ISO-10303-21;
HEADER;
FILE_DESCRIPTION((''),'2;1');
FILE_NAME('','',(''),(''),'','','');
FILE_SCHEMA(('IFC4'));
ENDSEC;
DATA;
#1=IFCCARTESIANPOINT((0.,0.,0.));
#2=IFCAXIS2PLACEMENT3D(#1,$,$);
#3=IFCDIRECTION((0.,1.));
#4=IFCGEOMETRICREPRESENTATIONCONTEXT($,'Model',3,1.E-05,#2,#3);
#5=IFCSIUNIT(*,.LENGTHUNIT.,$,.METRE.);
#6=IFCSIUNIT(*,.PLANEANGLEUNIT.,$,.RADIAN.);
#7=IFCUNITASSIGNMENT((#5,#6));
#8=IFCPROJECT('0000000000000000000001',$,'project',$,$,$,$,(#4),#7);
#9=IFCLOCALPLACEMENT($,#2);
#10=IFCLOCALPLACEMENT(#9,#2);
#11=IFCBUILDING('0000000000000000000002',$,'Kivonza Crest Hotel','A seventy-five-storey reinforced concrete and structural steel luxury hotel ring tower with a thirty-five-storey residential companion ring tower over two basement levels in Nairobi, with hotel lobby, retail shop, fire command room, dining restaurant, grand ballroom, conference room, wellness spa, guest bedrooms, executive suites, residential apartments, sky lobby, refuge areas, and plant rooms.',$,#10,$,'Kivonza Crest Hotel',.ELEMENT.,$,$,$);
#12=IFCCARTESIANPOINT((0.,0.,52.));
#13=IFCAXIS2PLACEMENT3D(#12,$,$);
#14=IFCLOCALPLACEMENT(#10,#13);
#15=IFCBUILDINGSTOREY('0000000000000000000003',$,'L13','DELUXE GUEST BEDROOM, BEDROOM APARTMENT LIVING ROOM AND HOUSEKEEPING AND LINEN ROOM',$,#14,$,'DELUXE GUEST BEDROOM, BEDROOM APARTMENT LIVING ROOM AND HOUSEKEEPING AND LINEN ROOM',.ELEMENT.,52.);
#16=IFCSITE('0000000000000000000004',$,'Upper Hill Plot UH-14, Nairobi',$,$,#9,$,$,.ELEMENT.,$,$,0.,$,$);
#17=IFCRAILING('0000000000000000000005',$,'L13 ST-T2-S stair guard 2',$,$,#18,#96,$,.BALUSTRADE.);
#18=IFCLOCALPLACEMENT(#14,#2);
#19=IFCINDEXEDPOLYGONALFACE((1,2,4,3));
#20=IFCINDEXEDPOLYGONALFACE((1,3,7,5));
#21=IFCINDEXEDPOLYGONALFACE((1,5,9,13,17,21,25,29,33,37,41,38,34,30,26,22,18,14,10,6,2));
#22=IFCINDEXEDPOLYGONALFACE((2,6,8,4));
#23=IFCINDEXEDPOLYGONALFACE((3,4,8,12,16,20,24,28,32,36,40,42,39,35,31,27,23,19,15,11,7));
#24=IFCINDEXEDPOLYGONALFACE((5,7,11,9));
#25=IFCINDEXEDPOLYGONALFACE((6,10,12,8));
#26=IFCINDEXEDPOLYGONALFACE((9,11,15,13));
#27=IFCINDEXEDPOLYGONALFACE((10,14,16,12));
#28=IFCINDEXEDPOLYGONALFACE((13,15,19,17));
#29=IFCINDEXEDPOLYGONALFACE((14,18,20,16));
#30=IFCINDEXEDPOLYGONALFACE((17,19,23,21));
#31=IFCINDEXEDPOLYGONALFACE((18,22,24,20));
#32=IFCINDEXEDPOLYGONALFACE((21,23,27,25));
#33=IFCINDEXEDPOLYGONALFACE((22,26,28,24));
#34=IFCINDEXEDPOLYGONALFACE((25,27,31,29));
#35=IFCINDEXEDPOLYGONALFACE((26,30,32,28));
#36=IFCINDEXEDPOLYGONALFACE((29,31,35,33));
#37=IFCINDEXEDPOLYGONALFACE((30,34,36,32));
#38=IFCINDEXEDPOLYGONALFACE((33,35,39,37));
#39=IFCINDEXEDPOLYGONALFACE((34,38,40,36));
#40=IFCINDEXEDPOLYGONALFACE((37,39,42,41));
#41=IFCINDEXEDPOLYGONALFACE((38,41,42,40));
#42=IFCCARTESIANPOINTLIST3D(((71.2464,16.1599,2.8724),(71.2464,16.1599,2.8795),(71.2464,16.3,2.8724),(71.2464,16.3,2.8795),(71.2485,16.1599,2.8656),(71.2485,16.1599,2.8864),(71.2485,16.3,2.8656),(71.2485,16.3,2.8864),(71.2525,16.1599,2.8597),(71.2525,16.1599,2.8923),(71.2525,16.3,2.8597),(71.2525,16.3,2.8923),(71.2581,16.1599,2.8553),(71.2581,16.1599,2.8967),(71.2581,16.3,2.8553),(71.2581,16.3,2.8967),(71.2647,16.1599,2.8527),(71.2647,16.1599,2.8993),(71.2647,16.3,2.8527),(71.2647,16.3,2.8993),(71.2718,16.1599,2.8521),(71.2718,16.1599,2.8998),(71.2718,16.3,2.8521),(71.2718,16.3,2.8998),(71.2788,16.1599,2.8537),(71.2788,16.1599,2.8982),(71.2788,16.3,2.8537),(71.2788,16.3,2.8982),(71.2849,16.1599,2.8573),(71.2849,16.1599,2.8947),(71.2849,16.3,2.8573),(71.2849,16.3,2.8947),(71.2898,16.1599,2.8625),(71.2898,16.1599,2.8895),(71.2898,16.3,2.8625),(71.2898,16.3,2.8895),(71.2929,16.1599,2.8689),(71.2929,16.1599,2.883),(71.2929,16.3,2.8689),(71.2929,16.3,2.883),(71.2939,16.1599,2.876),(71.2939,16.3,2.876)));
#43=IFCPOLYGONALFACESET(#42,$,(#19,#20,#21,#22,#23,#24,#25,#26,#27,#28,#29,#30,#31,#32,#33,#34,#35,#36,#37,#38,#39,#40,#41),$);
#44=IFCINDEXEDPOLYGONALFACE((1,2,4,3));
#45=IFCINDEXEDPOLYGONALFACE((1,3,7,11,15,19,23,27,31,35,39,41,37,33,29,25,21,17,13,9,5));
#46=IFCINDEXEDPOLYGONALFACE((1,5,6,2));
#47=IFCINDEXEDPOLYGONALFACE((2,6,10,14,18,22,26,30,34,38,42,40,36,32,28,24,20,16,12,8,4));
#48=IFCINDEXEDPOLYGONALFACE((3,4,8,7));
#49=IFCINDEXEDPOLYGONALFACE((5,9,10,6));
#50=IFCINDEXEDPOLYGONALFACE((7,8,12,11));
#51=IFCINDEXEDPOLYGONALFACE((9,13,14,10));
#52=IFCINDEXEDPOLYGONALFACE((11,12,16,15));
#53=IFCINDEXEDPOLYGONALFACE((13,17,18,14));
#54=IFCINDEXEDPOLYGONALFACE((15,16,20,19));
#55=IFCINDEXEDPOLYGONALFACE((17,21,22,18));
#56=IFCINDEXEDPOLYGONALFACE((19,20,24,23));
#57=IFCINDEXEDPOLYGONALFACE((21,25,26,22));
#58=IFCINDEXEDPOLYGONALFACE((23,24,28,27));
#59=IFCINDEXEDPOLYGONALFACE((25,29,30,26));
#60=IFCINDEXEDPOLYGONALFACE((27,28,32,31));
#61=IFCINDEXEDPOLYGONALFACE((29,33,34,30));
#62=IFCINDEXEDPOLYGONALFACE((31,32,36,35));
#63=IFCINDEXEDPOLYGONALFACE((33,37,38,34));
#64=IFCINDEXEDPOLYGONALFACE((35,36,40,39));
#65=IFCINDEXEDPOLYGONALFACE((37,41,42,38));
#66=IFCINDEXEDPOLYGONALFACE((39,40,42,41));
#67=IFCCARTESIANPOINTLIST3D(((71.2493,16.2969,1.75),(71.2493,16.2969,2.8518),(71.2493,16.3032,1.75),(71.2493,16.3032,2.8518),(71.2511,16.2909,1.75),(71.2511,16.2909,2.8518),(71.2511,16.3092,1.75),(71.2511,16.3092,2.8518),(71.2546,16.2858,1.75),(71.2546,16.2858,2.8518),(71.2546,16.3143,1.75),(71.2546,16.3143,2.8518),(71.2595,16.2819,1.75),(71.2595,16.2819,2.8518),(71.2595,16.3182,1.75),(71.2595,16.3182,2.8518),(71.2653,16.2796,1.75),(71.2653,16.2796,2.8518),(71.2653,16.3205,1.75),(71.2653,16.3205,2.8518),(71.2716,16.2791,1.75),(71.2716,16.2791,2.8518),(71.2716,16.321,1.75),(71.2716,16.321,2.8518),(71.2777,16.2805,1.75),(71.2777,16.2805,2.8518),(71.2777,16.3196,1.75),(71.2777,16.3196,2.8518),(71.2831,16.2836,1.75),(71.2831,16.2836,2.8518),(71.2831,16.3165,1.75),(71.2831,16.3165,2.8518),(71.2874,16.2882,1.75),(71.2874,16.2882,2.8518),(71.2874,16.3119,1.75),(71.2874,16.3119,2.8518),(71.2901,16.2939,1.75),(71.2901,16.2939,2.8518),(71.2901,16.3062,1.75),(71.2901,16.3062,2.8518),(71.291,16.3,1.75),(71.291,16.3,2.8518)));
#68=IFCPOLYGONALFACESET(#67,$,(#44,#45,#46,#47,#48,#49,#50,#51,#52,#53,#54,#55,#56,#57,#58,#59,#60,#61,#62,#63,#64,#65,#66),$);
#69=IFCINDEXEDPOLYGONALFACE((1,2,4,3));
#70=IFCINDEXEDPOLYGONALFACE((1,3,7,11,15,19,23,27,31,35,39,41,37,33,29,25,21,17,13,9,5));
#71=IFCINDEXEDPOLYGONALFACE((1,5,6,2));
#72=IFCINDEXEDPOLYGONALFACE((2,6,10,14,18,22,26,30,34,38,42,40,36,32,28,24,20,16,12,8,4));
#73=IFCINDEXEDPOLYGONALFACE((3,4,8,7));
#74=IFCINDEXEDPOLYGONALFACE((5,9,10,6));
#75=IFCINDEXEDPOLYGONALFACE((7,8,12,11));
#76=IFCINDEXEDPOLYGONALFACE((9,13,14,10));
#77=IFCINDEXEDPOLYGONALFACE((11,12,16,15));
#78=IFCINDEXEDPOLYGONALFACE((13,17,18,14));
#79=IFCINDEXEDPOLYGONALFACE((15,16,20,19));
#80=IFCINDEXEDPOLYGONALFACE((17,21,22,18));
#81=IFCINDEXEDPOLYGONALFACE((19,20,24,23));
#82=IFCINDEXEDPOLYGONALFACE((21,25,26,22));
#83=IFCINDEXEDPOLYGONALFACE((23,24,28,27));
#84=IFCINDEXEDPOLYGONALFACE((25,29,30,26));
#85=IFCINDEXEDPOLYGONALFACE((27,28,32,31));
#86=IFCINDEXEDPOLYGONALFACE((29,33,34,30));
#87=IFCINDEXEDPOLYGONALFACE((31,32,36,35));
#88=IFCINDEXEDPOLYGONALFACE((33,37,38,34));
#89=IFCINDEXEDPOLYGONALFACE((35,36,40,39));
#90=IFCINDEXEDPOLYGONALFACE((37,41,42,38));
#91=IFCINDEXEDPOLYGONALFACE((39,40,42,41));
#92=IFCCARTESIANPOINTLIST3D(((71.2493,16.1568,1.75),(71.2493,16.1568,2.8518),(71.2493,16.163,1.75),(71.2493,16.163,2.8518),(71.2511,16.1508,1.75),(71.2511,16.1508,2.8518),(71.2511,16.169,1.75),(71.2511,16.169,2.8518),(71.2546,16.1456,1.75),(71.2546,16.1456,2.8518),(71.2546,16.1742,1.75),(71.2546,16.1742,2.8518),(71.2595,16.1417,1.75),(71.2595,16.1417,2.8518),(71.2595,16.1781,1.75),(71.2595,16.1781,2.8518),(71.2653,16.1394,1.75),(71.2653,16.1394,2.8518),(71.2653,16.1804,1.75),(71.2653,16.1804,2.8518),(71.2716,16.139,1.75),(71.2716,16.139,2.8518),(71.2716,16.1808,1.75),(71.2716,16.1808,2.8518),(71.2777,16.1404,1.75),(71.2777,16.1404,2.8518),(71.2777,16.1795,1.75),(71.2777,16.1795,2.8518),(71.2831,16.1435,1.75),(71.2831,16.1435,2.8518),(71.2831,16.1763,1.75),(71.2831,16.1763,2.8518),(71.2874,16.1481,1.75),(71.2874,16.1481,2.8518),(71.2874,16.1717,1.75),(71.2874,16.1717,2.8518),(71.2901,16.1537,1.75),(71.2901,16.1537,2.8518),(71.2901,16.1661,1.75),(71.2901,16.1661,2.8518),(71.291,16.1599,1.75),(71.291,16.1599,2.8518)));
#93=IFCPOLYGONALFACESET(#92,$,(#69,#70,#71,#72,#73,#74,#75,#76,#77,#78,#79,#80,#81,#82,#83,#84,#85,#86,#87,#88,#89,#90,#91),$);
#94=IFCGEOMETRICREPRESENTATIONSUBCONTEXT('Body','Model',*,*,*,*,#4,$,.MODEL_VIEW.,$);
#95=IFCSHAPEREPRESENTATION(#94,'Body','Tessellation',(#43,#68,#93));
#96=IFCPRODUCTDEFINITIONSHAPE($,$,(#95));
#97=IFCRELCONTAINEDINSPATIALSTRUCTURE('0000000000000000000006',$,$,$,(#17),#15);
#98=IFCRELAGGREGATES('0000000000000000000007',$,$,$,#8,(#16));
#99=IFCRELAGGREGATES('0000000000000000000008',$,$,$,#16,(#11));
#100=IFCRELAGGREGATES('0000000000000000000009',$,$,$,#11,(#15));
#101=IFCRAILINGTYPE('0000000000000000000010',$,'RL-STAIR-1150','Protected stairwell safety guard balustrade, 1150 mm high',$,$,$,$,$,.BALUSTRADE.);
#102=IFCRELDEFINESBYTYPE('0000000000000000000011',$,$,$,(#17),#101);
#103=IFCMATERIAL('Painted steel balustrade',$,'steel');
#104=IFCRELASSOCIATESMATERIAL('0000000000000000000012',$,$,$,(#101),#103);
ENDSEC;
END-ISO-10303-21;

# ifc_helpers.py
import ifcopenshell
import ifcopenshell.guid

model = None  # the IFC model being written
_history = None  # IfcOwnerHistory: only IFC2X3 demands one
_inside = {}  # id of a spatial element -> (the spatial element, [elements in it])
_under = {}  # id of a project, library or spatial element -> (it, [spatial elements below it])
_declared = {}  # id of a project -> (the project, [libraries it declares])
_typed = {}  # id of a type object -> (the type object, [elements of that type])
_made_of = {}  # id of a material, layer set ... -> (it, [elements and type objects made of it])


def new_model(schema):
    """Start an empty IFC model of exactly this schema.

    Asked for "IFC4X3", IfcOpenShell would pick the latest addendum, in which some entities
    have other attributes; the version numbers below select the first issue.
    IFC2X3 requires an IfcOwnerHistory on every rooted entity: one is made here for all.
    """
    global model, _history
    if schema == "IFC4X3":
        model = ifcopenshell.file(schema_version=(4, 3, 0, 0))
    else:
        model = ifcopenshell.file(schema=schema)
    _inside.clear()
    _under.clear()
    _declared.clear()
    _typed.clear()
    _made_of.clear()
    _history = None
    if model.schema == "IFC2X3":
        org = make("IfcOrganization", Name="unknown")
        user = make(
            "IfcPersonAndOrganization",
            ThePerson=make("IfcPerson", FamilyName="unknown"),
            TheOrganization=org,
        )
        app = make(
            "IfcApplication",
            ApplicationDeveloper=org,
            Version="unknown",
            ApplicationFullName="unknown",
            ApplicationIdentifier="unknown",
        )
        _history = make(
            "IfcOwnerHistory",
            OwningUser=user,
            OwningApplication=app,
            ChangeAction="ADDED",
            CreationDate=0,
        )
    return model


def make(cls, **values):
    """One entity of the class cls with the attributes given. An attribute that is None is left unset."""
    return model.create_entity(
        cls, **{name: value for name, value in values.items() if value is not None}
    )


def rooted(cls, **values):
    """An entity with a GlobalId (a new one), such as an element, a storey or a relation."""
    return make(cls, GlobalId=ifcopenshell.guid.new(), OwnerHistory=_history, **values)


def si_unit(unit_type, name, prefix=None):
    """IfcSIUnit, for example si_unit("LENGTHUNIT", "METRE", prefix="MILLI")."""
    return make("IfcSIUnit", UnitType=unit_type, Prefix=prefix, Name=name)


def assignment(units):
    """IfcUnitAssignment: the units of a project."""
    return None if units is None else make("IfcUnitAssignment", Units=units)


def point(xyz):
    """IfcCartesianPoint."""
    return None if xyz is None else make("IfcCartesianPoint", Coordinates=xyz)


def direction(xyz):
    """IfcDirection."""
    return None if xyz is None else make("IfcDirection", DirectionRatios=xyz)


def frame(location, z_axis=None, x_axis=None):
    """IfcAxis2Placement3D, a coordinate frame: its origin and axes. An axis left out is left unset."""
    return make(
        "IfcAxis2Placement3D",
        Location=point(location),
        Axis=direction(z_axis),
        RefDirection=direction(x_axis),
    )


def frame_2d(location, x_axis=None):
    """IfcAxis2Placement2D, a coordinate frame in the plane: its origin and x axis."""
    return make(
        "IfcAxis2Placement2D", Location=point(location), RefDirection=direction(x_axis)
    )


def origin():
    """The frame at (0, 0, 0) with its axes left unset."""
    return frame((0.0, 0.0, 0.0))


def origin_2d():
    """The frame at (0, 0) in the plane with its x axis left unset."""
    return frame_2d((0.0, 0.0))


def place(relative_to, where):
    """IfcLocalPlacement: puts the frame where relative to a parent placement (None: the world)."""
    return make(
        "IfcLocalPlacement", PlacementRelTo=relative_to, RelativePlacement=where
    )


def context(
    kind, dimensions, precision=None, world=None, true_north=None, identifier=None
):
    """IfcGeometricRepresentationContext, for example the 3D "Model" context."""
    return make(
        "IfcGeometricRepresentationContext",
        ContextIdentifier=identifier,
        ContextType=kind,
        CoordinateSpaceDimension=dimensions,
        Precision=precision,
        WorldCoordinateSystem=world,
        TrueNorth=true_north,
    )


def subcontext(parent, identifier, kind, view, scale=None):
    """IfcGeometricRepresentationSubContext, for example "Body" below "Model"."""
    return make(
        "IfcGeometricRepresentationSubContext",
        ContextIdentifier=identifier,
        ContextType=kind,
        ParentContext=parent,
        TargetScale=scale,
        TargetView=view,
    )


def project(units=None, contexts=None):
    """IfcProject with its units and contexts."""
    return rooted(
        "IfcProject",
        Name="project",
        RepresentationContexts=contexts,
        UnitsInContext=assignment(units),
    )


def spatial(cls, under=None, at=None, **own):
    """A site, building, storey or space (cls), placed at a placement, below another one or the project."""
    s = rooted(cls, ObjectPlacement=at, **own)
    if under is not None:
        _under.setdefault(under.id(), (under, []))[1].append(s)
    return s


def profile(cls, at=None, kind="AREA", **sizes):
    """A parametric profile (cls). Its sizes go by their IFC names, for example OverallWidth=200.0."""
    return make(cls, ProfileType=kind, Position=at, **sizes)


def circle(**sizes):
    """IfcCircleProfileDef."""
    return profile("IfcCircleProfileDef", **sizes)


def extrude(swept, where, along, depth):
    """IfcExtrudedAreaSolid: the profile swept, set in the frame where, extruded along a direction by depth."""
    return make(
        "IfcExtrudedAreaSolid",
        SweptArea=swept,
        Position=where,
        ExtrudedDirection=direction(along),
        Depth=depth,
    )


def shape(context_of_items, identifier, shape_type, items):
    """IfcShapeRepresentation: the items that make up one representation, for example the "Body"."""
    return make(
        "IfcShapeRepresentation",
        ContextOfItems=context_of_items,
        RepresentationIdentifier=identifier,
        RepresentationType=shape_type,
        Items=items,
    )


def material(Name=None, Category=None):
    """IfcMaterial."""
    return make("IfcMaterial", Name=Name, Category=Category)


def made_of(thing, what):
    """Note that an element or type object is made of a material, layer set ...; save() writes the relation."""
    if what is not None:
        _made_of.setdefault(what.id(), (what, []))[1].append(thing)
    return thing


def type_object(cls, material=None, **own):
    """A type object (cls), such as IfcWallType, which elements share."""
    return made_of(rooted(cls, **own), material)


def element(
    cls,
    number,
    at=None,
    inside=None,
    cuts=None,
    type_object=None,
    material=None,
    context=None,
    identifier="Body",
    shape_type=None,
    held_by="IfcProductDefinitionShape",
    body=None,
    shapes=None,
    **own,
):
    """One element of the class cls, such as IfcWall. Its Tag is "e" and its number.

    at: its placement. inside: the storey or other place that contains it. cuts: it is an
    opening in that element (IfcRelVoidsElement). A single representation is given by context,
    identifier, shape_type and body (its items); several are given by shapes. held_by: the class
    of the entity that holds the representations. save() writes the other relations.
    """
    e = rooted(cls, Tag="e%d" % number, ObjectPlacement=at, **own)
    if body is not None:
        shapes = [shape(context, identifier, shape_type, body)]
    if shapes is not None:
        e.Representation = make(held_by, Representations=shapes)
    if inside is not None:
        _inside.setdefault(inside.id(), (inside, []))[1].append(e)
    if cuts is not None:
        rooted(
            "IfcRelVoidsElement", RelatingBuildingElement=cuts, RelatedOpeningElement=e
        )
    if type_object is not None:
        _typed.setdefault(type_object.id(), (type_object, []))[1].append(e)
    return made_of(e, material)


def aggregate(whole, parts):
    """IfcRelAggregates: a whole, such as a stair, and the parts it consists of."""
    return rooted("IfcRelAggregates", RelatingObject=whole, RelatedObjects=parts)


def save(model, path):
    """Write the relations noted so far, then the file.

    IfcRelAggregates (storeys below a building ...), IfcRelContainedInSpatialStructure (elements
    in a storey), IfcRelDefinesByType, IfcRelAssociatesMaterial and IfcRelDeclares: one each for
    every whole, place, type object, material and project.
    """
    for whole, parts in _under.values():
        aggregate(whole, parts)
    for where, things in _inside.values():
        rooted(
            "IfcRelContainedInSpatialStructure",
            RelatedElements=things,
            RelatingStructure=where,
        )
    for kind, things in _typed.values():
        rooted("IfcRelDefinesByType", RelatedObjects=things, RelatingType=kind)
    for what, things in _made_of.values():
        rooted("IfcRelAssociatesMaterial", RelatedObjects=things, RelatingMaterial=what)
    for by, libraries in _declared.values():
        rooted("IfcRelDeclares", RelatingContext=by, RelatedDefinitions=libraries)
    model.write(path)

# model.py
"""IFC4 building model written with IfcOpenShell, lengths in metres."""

from ifc_helpers import new_model, si_unit, direction, frame, origin, origin_2d, place, context, subcontext, project, spatial, circle, extrude, material, type_object, element, save


model = new_model("IFC4")

# Units and contexts
model_context = context("Model", 3, precision=1e-05, world=origin(), true_north=direction((0.0, 1.0)))
body_context = subcontext(model_context, "Body", "Model", "MODEL_VIEW")
ifc_project = project(units=[si_unit("LENGTHUNIT", "METRE"), si_unit("PLANEANGLEUNIT", "RADIAN")], contexts=[model_context])

# Site, building, storey
site_placement = place(None, origin())
site = spatial("IfcSite", under=ifc_project, at=site_placement, Name="Upper Hill Plot UH-14, Nairobi", CompositionType="ELEMENT", RefElevation=0.0)
building_placement = place(site_placement, origin())
building = spatial("IfcBuilding", under=site, at=building_placement, Name="Kivonza Crest Hotel", Description="A seventy-five-storey reinforced concrete and structural steel luxury hotel ring tower with a thirty-five-storey residential companion ring tower over two basement levels in Nairobi, with hotel lobby, retail shop, fire command room, dining restaurant, grand ballroom, conference room, wellness spa, guest bedrooms, executive suites, residential apartments, sky lobby, refuge areas, and plant rooms.", LongName="Kivonza Crest Hotel", CompositionType="ELEMENT")
storey_placement = place(building_placement, frame((0.0, 0.0, 52.0)))
storey = spatial("IfcBuildingStorey", under=building, at=storey_placement, Name="L13", Description="DELUXE GUEST BEDROOM, BEDROOM APARTMENT LIVING ROOM AND HOUSEKEEPING AND LINEN ROOM", LongName="DELUXE GUEST BEDROOM, BEDROOM APARTMENT LIVING ROOM AND HOUSEKEEPING AND LINEN ROOM", CompositionType="ELEMENT", Elevation=52.0)

# Railing
ifc_material_1 = material(Name="Painted steel balustrade", Category="steel")
railing_type_1 = type_object("IfcRailingType", Name="RL-STAIR-1150", Description="Protected stairwell safety guard balustrade, 1150 mm high", PredefinedType="BALUSTRADE", material=ifc_material_1)
railing_1_placement = place(storey_placement, frame((71.27, 16.3, 1.75)))
element("IfcRailing", 1, at=railing_1_placement, inside=storey, type_object=railing_type_1, Name="L13 ST-T2-S stair guard 2", PredefinedType="BALUSTRADE", context=body_context, shape_type="SweptSolid", body=[
    extrude(circle(Radius=0.0239, at=origin_2d()), frame((0.0, 0.0, 1.126), z_axis=(0.0, -1.0, 0.0), x_axis=(1.0, 0.0, 0.0)), (0.0, 0.0, 1.0), 0.1401),
    extrude(circle(Radius=0.021, at=origin_2d()), origin(), (0.0, 0.0, 1.0), 1.1018),
    extrude(circle(Radius=0.021, at=origin_2d()), frame((0.0, -0.1401, 0.0)), (0.0, 0.0, 1.0), 1.1018),
])

save(model, "model.ifc")
